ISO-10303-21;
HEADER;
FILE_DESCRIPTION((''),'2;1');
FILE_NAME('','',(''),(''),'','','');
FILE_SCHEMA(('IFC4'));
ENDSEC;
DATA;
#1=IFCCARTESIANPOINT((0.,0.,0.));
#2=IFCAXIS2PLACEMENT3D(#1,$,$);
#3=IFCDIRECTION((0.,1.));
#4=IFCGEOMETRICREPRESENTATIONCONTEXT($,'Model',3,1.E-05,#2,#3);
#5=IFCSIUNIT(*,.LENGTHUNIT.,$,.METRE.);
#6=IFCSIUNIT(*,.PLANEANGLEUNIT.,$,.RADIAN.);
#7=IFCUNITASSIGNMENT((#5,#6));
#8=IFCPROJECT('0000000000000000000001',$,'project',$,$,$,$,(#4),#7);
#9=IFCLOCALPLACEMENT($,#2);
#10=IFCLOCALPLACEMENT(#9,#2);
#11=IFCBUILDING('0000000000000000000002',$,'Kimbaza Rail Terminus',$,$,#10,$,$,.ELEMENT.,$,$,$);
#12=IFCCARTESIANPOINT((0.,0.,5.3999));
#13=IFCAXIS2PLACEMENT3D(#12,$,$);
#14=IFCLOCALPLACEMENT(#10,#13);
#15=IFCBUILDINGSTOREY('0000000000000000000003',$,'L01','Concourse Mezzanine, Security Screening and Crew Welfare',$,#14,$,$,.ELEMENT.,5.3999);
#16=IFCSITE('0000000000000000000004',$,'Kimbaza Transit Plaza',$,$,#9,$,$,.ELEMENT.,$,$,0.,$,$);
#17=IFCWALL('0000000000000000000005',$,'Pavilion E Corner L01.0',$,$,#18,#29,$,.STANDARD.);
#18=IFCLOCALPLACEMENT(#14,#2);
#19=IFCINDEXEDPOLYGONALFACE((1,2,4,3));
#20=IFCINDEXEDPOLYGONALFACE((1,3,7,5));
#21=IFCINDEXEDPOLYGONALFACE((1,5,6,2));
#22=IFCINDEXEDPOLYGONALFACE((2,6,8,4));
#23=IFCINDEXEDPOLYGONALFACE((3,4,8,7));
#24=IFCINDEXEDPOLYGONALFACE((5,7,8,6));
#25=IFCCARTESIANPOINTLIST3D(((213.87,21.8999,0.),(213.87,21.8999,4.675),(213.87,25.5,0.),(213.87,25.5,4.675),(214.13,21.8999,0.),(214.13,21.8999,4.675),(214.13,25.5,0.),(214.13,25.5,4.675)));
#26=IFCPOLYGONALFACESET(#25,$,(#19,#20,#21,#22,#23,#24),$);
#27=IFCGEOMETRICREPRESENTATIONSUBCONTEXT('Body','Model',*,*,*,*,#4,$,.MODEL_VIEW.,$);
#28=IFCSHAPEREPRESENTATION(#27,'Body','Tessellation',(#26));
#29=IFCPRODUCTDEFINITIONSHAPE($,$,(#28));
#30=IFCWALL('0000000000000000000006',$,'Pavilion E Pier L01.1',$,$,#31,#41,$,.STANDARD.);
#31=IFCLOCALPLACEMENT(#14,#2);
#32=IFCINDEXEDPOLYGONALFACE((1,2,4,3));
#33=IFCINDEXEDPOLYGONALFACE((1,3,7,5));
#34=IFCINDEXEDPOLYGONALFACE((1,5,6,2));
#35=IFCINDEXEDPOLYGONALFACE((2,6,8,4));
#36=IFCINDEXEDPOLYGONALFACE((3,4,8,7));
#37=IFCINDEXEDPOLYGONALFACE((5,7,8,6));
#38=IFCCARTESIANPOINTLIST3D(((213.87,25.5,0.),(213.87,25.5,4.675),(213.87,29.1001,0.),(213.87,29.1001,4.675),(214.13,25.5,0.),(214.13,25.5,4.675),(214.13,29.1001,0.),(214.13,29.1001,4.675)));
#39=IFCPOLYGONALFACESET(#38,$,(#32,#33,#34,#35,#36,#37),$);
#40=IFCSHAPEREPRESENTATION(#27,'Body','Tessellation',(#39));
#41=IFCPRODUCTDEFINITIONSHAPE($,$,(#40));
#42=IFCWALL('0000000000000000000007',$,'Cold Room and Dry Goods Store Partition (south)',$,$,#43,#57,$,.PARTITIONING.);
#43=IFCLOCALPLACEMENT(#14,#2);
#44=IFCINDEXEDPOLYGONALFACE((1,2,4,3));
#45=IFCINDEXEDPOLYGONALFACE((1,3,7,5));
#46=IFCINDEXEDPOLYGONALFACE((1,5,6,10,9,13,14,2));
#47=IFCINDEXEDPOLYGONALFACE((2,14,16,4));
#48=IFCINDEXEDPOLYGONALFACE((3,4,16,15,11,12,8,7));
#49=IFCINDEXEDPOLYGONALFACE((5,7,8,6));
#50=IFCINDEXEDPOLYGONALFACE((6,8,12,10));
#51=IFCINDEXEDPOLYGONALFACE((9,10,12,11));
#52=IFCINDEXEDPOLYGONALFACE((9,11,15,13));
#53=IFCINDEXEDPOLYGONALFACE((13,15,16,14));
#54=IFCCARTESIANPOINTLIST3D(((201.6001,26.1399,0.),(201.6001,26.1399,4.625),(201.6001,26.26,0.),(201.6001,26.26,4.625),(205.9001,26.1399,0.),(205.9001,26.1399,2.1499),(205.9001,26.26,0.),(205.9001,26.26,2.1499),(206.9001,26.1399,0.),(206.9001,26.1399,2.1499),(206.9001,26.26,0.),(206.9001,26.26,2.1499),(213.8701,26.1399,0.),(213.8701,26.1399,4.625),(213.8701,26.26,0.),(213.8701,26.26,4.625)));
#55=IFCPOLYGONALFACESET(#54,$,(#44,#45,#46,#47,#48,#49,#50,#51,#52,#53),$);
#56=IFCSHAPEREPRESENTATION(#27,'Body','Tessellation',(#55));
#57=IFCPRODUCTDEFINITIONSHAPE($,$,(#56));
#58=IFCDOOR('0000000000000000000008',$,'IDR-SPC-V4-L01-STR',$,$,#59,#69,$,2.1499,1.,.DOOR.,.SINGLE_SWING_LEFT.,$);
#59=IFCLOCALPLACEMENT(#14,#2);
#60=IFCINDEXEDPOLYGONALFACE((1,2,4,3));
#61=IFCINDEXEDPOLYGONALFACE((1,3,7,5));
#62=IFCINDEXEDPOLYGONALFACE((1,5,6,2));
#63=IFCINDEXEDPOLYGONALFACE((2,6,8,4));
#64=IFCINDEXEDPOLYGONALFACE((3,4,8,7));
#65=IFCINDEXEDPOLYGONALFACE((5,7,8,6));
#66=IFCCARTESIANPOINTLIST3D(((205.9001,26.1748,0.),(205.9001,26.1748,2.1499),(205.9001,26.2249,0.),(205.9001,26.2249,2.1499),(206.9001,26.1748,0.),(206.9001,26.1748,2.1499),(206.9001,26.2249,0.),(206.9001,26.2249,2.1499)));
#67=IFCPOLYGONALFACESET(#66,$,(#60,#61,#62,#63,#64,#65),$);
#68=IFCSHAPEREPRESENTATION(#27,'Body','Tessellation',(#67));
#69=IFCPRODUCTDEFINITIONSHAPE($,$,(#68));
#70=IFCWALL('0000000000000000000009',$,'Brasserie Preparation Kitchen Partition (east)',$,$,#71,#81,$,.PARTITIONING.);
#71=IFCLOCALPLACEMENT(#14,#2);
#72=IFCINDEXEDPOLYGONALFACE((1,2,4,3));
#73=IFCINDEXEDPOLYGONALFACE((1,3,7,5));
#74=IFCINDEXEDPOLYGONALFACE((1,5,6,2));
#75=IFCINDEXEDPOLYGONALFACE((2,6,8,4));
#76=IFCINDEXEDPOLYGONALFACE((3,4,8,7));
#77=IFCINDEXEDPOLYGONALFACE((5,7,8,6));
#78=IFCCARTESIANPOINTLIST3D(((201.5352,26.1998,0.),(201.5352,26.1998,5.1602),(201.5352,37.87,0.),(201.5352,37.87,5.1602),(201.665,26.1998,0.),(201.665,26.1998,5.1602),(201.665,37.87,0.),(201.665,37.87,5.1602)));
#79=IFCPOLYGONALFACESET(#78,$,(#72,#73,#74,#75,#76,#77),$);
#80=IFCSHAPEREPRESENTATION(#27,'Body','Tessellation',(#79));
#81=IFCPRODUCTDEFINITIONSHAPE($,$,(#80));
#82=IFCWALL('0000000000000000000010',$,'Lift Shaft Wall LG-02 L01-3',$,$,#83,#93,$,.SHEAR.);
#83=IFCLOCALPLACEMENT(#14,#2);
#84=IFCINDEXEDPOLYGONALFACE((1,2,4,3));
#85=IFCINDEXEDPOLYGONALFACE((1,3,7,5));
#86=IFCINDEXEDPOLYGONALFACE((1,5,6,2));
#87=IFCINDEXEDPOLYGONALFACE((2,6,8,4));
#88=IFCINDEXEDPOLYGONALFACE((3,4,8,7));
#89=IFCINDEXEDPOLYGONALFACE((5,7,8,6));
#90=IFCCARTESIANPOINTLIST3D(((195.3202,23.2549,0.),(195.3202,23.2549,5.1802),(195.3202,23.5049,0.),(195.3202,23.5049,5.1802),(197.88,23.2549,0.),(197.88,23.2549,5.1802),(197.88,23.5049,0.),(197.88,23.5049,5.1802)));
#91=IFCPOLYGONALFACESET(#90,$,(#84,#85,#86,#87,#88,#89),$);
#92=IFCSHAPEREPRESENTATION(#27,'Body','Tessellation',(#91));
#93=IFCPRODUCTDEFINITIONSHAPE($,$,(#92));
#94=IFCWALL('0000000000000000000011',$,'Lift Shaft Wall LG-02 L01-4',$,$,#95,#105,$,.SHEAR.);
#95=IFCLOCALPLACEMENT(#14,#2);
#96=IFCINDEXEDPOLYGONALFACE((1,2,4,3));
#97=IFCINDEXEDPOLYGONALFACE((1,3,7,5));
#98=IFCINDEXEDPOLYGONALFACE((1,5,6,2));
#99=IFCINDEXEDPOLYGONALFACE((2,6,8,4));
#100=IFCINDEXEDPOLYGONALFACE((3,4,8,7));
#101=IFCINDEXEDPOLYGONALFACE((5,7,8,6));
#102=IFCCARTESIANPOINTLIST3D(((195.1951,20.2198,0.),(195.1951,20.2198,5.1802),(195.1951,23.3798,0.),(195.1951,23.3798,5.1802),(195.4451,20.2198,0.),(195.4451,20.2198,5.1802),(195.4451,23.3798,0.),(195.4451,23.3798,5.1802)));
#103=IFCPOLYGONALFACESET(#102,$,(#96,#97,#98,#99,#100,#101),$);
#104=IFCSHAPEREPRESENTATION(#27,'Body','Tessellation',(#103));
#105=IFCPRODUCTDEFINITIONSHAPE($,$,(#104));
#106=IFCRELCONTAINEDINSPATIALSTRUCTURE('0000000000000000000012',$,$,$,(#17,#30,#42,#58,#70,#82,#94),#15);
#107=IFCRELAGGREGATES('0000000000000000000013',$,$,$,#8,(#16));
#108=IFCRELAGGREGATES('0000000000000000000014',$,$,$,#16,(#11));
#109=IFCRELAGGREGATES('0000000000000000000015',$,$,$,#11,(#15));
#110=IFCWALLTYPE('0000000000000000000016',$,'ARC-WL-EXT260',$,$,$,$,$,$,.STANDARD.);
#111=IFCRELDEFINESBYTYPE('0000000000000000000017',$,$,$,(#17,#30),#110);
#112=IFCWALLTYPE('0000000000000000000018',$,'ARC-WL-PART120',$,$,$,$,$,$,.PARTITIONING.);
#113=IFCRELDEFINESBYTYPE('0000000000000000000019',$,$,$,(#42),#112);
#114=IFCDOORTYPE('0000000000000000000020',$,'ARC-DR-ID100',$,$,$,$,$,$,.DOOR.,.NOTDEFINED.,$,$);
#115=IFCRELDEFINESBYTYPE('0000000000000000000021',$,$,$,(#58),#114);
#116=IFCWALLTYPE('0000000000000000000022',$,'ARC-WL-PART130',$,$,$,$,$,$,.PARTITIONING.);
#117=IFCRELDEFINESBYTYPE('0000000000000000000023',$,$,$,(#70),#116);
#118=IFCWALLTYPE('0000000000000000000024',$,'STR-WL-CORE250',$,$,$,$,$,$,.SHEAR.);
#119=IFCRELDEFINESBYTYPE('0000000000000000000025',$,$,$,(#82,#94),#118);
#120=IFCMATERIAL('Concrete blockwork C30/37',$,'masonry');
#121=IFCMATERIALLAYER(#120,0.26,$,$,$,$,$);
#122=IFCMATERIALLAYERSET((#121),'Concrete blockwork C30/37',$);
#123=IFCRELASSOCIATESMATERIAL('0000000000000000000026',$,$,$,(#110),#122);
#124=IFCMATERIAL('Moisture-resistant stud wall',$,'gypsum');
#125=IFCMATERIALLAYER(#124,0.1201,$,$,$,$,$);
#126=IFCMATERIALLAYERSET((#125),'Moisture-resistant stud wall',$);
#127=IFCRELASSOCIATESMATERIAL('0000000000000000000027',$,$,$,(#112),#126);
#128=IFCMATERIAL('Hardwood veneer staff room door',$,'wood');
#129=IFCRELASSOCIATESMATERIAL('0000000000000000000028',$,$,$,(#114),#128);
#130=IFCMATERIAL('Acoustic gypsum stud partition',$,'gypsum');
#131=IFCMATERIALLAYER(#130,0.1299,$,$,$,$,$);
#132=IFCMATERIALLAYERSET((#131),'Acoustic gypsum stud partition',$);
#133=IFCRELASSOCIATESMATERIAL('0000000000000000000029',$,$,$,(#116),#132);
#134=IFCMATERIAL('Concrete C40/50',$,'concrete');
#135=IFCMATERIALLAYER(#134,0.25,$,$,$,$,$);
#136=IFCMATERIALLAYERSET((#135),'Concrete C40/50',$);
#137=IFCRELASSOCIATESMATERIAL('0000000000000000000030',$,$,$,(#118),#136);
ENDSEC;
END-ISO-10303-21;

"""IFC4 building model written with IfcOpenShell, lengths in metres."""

from ifc_helpers import new_model, si_unit, direction, frame, frame_2d, origin, place, context, subcontext, project, spatial, rectangle, extrude, material, layer, layer_set, type_object, element, fill, save


model = new_model("IFC4")

# Units and contexts
model_context = context("Model", 3, precision=1e-05, world=origin(), true_north=direction((0.0, 1.0)))
body_context = subcontext(model_context, "Body", "Model", "MODEL_VIEW")
ifc_project = project(units=[si_unit("LENGTHUNIT", "METRE"), si_unit("PLANEANGLEUNIT", "RADIAN")], contexts=[model_context])

# Site, building, storey
site_placement = place(None, origin())
site = spatial("IfcSite", under=ifc_project, at=site_placement, Name="Kimbaza Transit Plaza", CompositionType="ELEMENT", RefElevation=0.0)
building_placement = place(site_placement, origin())
building = spatial("IfcBuilding", under=site, at=building_placement, Name="Kimbaza Rail Terminus", CompositionType="ELEMENT")
storey_placement = place(building_placement, frame((0.0, 0.0, 5.3999)))
storey = spatial("IfcBuildingStorey", under=building, at=storey_placement, Name="L01", Description="Concourse Mezzanine, Security Screening and Crew Welfare", CompositionType="ELEMENT", Elevation=5.3999)

# Walls
ifc_material_1 = material(Name="Concrete blockwork C30/37", Category="masonry")
ifc_layer_1 = layer(ifc_material_1, 0.26)
ifc_layer_set_1 = layer_set([ifc_layer_1], Name="Concrete blockwork C30/37")
wall_type_1 = type_object("IfcWallType", Name="ARC-WL-EXT260", PredefinedType="STANDARD", material=ifc_layer_set_1)
for number, where, z_axis, x_axis, name in (
    (1, (214.0, 21.8999, 0.0), (0.0, 0.0, 1.0), (0.0, 1.0, 0.0), "Pavilion E Corner L01.0"),
    (2, (214.0, 25.5, 0.0), (0.0, 0.0, 1.0), (0.0, 1.0, 0.0), "Pavilion E Pier L01.1"),
):
    element("IfcWall", number, at=place(storey_placement, frame(where, z_axis=z_axis, x_axis=x_axis)), inside=storey, type_object=wall_type_1, Name=name, PredefinedType="STANDARD", context=body_context, shape_type="SweptSolid", body=[
        extrude(rectangle(XDim=3.6001, YDim=0.26, at=frame_2d((1.8, 0.0))), origin(), (0.0, 0.0, 1.0), 4.675),
    ])

# Wall, opening, door
ifc_material_2 = material(Name="Moisture-resistant stud wall", Category="gypsum")
ifc_layer_2 = layer(ifc_material_2, 0.1201)
ifc_layer_set_2 = layer_set([ifc_layer_2], Name="Moisture-resistant stud wall")
wall_type_2 = type_object("IfcWallType", Name="ARC-WL-PART120", PredefinedType="PARTITIONING", material=ifc_layer_set_2)
wall_1_placement = place(storey_placement, frame((201.6001, 26.2, 0.0), z_axis=(0.0, 0.0, 1.0), x_axis=(1.0, 0.0, 0.0)))
wall_1 = element("IfcWall", 3, at=wall_1_placement, inside=storey, type_object=wall_type_2, Name="Cold Room and Dry Goods Store Partition (south)", PredefinedType="PARTITIONING", context=body_context, shape_type="SweptSolid", body=[
    extrude(rectangle(XDim=12.27, YDim=0.1201, at=frame_2d((6.135, 0.0))), origin(), (0.0, 0.0, 1.0), 4.625),
])
opening_placement = place(wall_1_placement, frame((4.3, 0.0, 0.0)))
opening = element("IfcOpeningElement", 4, at=opening_placement, cuts=wall_1, PredefinedType="OPENING", context=body_context, shape_type="SweptSolid", body=[
    extrude(rectangle(XDim=1.0, YDim=2.1499, at=frame_2d((0.5, 1.075))), frame((0.0, 0.0701, 0.0), z_axis=(0.0, -1.0, 0.0), x_axis=(1.0, 0.0, 0.0)), (0.0, 0.0, 1.0), 0.1401),
])
ifc_material_3 = material(Name="Hardwood veneer staff room door", Category="wood")
door_type = type_object("IfcDoorType", Name="ARC-DR-ID100", OperationType="NOTDEFINED", PredefinedType="DOOR", material=ifc_material_3)
door_placement = place(opening_placement, origin())
door = element("IfcDoor", 5, at=door_placement, inside=storey, type_object=door_type, Name="IDR-SPC-V4-L01-STR", OperationType="SINGLE_SWING_LEFT", OverallHeight=2.1499, OverallWidth=1.0, PredefinedType="DOOR", context=body_context, shape_type="SweptSolid", body=[
    extrude(rectangle(XDim=1.0, YDim=2.1499, at=frame_2d((0.5, 1.075))), frame((0.0, 0.0249, 0.0), z_axis=(0.0, -1.0, 0.0), x_axis=(1.0, 0.0, 0.0)), (0.0, 0.0, 1.0), 0.05),
])
fill(opening, door)

# Walls
ifc_material_4 = material(Name="Acoustic gypsum stud partition", Category="gypsum")
ifc_layer_3 = layer(ifc_material_4, 0.1299)
ifc_layer_set_3 = layer_set([ifc_layer_3], Name="Acoustic gypsum stud partition")
wall_type_3 = type_object("IfcWallType", Name="ARC-WL-PART130", PredefinedType="PARTITIONING", material=ifc_layer_set_3)
wall_2_placement = place(storey_placement, frame((201.6001, 26.2, 0.0), z_axis=(0.0, 0.0, 1.0), x_axis=(0.0, 1.0, 0.0)))
element("IfcWall", 6, at=wall_2_placement, inside=storey, type_object=wall_type_3, Name="Brasserie Preparation Kitchen Partition (east)", PredefinedType="PARTITIONING", context=body_context, shape_type="SweptSolid", body=[
    extrude(rectangle(XDim=11.6702, YDim=0.1299, at=frame_2d((5.835, 0.0))), origin(), (0.0, 0.0, 1.0), 5.1602),
])
ifc_material_5 = material(Name="Concrete C40/50", Category="concrete")
ifc_layer_4 = layer(ifc_material_5, 0.25)
ifc_layer_set_4 = layer_set([ifc_layer_4], Name="Concrete C40/50")
wall_type_4 = type_object("IfcWallType", Name="STR-WL-CORE250", PredefinedType="SHEAR", material=ifc_layer_set_4)
wall_3_placement = place(storey_placement, frame((197.8799, 23.3799, 0.0), z_axis=(0.0, 0.0, 1.0), x_axis=(-1.0, 0.0, 0.0)))
element("IfcWall", 7, at=wall_3_placement, inside=storey, type_object=wall_type_4, Name="Lift Shaft Wall LG-02 L01-3", PredefinedType="SHEAR", context=body_context, shape_type="SweptSolid", body=[
    extrude(rectangle(XDim=2.5598, YDim=0.25, at=frame_2d((1.2798, 0.0))), origin(), (0.0, 0.0, 1.0), 5.1802),
])
wall_4_placement = place(storey_placement, frame((195.3201, 23.3799, 0.0), z_axis=(0.0, 0.0, 1.0), x_axis=(0.0, -1.0, 0.0)))
element("IfcWall", 8, at=wall_4_placement, inside=storey, type_object=wall_type_4, Name="Lift Shaft Wall LG-02 L01-4", PredefinedType="SHEAR", context=body_context, shape_type="SweptSolid", body=[
    extrude(rectangle(XDim=3.1599, YDim=0.25, at=frame_2d((1.5801, 0.0))), origin(), (0.0, 0.0, 1.0), 5.1802),
])

save(model, "model.ifc")
